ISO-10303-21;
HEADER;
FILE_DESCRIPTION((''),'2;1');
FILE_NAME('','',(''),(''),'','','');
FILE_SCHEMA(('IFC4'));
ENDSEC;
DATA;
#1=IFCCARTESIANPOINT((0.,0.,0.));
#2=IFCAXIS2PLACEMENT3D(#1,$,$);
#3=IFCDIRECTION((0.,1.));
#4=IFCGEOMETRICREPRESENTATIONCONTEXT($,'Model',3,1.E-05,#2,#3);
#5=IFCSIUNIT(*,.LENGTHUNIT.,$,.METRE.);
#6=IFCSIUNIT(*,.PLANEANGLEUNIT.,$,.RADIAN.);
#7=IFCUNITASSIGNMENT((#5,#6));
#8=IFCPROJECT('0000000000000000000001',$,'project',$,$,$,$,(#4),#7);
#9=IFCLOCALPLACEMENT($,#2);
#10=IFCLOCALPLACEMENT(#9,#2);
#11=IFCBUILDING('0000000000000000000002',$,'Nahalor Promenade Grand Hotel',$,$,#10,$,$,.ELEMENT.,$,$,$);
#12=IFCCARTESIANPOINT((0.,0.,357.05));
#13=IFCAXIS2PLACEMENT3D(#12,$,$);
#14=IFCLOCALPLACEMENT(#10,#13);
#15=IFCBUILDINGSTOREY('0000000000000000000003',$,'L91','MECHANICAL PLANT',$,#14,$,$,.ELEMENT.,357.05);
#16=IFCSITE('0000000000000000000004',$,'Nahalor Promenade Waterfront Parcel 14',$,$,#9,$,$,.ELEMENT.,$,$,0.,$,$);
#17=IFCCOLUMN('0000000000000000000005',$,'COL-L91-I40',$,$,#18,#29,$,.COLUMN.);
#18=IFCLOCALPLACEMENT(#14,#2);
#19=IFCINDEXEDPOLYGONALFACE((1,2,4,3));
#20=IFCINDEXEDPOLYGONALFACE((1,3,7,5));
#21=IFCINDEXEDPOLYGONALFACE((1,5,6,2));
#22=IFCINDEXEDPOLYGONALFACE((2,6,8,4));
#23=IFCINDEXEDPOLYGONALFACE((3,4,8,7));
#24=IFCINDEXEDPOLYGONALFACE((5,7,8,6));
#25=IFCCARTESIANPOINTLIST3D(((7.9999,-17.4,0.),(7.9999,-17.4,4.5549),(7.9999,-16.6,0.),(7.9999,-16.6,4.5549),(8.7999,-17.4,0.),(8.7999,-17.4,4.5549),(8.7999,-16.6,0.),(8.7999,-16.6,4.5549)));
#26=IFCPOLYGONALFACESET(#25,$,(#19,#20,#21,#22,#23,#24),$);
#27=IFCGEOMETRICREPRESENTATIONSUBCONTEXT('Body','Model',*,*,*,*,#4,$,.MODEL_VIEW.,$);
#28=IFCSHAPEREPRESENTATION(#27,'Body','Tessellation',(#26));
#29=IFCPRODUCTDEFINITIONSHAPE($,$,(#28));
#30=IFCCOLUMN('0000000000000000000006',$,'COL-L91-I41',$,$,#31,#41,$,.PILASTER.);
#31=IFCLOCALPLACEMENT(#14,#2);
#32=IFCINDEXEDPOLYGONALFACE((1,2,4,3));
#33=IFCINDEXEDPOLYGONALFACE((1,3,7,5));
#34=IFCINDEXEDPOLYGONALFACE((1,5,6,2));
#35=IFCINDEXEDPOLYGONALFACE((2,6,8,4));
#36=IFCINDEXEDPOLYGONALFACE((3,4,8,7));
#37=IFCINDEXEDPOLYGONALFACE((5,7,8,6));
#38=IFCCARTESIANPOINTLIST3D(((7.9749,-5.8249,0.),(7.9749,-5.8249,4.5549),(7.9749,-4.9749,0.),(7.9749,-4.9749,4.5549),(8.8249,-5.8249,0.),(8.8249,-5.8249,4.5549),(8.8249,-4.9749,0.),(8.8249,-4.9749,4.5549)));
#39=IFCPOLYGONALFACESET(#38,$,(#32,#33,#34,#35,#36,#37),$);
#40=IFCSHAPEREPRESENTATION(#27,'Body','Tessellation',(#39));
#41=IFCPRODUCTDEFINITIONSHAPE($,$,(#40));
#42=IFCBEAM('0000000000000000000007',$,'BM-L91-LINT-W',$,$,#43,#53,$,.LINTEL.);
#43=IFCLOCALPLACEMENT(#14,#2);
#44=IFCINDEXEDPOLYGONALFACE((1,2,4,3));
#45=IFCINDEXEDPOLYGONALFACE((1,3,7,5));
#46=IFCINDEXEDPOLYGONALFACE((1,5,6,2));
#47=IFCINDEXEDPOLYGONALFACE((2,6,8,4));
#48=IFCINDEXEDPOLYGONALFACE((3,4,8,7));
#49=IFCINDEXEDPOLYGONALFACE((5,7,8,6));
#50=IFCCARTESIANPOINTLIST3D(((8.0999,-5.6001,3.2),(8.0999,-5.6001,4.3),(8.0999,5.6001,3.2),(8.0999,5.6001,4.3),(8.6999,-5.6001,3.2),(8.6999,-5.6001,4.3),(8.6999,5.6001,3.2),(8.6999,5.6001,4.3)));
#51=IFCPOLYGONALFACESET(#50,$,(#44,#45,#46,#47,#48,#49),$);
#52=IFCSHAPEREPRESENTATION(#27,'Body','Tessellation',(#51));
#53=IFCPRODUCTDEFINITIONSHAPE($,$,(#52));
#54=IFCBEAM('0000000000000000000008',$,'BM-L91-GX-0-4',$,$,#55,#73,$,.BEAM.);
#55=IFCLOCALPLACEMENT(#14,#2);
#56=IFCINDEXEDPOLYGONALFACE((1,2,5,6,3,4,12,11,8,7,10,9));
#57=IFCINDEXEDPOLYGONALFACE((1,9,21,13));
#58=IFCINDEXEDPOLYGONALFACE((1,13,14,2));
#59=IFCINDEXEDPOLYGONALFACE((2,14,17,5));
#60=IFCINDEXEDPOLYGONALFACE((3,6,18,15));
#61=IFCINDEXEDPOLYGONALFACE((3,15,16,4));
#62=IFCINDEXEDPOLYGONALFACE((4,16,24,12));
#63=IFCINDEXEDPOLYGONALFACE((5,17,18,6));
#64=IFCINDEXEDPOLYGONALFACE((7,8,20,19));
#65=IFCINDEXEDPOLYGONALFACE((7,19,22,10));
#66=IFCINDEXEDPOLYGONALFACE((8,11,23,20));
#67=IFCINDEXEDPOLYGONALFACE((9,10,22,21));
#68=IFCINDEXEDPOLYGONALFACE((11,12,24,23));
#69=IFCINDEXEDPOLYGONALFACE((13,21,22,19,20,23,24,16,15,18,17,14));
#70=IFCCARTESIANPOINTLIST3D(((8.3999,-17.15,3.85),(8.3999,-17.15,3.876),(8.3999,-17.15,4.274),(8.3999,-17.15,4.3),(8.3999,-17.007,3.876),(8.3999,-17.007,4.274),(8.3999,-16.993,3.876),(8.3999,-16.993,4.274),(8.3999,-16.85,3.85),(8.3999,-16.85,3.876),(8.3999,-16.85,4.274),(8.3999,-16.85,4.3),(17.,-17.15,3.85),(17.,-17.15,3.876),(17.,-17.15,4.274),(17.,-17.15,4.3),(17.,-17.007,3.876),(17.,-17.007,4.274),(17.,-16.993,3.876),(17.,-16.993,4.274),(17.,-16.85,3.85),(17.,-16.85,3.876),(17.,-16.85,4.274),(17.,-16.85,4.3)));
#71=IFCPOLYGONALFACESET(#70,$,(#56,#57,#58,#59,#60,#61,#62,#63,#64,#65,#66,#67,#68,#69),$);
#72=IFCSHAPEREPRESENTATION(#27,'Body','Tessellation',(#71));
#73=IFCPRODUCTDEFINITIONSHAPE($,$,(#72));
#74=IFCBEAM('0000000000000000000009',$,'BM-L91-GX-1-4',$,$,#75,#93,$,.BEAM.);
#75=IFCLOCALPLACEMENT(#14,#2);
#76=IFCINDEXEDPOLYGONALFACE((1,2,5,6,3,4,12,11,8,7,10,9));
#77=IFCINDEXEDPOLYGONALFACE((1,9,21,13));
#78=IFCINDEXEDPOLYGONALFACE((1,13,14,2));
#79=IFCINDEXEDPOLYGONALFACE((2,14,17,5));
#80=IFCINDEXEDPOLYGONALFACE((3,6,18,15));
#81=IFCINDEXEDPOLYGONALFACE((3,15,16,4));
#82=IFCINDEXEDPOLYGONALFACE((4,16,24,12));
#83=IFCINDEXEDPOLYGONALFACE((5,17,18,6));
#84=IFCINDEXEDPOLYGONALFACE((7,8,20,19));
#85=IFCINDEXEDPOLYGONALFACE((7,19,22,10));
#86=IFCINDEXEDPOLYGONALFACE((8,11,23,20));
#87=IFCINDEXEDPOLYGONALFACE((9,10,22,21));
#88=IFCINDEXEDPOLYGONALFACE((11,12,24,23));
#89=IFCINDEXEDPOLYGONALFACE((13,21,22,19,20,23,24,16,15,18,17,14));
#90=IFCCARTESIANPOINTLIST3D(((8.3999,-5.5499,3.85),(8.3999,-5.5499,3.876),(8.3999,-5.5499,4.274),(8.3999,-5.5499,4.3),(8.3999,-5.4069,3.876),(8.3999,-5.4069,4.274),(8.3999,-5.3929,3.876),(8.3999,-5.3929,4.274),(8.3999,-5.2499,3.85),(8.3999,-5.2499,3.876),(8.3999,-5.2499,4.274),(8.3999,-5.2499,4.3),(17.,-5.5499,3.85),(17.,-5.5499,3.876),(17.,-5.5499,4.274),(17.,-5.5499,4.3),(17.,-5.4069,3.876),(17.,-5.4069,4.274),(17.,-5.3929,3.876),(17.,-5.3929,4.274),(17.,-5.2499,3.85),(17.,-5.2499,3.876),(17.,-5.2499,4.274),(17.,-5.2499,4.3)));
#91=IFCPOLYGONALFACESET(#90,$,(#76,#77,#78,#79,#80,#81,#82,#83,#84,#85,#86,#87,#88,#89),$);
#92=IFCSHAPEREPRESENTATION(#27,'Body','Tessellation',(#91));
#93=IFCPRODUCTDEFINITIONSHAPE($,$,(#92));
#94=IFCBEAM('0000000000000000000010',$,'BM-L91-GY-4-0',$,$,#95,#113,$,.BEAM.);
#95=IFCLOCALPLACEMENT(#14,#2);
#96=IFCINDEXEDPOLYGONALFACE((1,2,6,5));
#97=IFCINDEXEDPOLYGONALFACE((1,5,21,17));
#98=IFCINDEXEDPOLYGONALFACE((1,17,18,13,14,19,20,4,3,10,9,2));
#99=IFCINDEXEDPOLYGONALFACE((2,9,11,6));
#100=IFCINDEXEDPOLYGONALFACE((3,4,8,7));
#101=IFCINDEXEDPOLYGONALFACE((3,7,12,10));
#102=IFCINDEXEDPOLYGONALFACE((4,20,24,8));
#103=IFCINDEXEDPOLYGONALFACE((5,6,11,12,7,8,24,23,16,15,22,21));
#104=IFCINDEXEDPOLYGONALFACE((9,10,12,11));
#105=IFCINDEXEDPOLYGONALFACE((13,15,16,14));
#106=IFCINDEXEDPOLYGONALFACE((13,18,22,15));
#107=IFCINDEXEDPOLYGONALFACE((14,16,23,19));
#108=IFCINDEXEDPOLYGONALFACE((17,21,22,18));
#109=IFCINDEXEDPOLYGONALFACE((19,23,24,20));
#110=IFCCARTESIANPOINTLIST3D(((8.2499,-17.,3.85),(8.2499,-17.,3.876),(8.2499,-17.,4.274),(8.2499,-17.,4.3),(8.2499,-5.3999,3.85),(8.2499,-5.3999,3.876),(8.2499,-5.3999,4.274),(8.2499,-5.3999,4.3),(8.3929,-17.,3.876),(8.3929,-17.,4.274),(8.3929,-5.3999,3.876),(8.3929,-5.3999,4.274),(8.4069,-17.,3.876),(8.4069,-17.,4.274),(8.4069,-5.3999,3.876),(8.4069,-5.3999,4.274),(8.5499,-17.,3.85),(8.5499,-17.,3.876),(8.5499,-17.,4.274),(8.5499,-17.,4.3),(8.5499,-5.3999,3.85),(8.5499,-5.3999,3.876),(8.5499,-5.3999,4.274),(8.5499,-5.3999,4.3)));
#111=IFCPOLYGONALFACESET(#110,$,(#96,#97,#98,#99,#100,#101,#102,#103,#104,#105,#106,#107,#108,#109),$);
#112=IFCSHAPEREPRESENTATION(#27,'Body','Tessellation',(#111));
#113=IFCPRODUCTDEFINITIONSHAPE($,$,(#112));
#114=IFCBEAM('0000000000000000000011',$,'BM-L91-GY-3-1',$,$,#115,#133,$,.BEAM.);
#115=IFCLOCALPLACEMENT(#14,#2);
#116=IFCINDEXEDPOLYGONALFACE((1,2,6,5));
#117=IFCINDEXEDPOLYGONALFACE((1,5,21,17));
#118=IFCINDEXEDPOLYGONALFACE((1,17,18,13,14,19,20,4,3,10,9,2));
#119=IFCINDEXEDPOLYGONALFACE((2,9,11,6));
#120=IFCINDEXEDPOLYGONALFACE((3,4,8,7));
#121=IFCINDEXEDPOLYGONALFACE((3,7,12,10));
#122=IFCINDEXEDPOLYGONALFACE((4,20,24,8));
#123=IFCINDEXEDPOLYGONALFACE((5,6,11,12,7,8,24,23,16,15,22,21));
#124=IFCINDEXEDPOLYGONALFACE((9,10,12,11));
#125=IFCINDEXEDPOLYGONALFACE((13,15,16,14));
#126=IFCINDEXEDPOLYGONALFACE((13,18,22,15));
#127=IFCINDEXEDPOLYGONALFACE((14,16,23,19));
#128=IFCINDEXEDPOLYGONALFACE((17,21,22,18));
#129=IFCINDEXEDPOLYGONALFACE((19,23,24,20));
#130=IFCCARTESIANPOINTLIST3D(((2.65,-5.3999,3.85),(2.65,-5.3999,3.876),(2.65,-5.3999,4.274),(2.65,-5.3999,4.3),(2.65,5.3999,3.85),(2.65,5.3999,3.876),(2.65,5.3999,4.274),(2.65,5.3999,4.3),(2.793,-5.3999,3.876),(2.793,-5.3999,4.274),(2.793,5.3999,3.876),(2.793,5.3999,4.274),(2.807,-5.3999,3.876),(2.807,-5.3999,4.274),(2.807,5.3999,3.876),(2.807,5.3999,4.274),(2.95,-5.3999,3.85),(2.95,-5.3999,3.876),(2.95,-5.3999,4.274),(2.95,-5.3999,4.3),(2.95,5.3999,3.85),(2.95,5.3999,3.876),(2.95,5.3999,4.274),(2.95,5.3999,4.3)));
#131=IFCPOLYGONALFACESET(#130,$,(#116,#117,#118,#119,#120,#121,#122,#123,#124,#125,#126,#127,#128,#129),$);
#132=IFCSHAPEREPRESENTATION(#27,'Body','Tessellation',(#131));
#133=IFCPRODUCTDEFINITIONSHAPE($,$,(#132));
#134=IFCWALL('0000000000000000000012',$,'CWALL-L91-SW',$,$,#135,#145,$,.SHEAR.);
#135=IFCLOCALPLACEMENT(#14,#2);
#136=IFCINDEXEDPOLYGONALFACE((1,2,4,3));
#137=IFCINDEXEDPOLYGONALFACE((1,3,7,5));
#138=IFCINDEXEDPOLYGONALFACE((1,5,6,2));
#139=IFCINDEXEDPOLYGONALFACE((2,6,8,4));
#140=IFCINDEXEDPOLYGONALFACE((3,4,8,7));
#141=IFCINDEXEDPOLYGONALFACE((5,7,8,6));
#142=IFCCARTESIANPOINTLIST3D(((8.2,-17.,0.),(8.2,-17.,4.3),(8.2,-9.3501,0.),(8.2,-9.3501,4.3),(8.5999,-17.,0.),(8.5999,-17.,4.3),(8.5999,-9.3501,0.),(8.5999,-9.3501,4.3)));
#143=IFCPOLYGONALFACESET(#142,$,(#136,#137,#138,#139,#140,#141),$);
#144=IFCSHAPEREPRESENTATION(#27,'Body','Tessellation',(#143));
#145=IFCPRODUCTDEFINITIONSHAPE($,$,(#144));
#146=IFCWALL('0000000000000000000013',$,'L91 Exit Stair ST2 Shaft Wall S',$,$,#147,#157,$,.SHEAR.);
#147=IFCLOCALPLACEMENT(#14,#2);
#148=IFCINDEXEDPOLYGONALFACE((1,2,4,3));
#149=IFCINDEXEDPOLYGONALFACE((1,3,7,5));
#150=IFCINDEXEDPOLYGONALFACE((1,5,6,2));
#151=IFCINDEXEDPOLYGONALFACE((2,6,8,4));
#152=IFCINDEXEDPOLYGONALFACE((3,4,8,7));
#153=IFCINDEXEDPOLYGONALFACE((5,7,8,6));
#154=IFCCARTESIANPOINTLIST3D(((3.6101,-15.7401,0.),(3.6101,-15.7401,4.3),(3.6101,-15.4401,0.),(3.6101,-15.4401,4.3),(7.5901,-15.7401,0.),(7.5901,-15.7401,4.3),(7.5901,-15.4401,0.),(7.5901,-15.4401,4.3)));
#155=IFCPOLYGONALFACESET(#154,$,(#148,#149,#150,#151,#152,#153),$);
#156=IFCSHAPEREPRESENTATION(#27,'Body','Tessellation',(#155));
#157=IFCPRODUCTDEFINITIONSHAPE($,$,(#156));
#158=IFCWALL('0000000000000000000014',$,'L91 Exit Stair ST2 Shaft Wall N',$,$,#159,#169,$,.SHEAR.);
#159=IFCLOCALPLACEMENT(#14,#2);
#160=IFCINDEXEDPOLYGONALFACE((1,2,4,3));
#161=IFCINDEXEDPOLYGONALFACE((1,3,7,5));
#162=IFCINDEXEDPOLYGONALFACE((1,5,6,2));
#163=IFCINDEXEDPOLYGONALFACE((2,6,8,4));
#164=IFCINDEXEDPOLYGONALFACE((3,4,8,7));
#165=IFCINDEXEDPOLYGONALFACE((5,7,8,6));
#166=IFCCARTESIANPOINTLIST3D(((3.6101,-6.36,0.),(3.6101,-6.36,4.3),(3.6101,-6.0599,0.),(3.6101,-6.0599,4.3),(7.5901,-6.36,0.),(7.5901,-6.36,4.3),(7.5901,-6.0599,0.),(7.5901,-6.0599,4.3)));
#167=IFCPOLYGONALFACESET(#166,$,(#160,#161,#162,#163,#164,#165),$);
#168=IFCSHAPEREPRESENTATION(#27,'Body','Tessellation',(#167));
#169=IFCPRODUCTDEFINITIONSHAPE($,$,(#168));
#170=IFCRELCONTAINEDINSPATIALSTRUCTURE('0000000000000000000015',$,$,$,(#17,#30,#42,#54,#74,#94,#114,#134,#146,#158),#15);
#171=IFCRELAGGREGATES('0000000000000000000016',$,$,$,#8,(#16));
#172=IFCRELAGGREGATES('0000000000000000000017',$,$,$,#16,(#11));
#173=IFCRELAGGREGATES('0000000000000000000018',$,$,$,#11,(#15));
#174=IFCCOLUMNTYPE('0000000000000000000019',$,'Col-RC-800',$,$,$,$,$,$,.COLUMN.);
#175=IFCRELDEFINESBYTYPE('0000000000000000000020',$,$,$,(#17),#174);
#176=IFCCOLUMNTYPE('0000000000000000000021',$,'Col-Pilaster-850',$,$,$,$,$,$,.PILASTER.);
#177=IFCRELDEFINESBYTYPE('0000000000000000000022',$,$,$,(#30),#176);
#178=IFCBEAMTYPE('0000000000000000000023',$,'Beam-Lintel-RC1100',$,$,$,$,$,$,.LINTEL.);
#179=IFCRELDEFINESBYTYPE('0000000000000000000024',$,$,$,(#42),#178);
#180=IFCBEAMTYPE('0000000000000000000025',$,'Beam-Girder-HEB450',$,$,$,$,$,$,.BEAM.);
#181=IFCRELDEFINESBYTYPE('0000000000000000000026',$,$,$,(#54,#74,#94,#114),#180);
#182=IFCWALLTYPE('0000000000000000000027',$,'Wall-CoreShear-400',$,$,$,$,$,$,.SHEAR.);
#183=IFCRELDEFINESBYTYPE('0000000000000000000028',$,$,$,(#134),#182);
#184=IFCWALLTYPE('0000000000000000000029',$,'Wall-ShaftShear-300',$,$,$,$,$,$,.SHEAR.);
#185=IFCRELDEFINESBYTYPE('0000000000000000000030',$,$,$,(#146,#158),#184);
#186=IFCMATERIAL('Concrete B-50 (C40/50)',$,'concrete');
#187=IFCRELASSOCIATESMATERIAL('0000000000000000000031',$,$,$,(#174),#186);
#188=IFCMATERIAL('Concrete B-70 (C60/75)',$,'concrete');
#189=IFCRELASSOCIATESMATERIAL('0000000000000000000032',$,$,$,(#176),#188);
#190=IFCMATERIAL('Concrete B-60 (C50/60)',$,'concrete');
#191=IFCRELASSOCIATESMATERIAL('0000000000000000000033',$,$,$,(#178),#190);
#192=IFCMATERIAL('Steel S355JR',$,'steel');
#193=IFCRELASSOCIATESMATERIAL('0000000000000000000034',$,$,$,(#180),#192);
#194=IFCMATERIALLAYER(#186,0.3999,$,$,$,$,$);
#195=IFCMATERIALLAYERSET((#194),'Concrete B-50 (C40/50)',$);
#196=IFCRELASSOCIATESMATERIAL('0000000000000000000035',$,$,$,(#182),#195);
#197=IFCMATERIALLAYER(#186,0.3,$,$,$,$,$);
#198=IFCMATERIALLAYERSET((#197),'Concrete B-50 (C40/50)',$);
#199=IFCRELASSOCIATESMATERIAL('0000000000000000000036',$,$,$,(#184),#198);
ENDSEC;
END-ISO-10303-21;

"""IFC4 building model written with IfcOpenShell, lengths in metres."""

from ifc_helpers import new_model, si_unit, direction, frame, frame_2d, origin, origin_2d, place, context, subcontext, project, spatial, rectangle, i_section, extrude, source, transform, mapped, material, layer, layer_set, material_profile, profile_set, type_object, element, save


model = new_model("IFC4")

# Units and contexts
model_context = context("Model", 3, precision=1e-05, world=origin(), true_north=direction((0.0, 1.0)))
body_context = subcontext(model_context, "Body", "Model", "MODEL_VIEW")
ifc_project = project(units=[si_unit("LENGTHUNIT", "METRE"), si_unit("PLANEANGLEUNIT", "RADIAN")], contexts=[model_context])

# Site, building, storey
site_placement = place(None, origin())
site = spatial("IfcSite", under=ifc_project, at=site_placement, Name="Nahalor Promenade Waterfront Parcel 14", CompositionType="ELEMENT", RefElevation=0.0)
building_placement = place(site_placement, origin())
building = spatial("IfcBuilding", under=site, at=building_placement, Name="Nahalor Promenade Grand Hotel", CompositionType="ELEMENT")
storey_placement = place(building_placement, frame((0.0, 0.0, 357.05)))
storey = spatial("IfcBuildingStorey", under=building, at=storey_placement, Name="L91", Description="MECHANICAL PLANT", CompositionType="ELEMENT", Elevation=357.05)

# Columns
ifc_material_1 = material(Name="Concrete B-50 (C40/50)", Category="concrete")
ifc_material_profile_1 = material_profile(ifc_material_1, rectangle(XDim=0.8, YDim=0.8, at=origin_2d()), Name="RC 800x800")
ifc_profile_set_1 = profile_set([ifc_material_profile_1], Name="Concrete B-50 (C40/50)")
column_type_1 = type_object("IfcColumnType", Name="Col-RC-800", PredefinedType="COLUMN", material=ifc_profile_set_1)
shared_shape_1 = source(origin(), body_context, "Body", "SweptSolid", [
    extrude(rectangle(XDim=0.8, YDim=0.8, at=origin_2d()), origin(), (0.0, 0.0, 1.0), 4.5549),
])
column_1_placement = place(storey_placement, frame((8.3999, -17.0, 0.0), z_axis=(0.0, 0.0, 1.0), x_axis=(1.0, 0.0, 0.0)))
element("IfcColumn", 1, at=column_1_placement, inside=storey, type_object=column_type_1, Name="COL-L91-I40", PredefinedType="COLUMN", context=body_context, shape_type="MappedRepresentation", body=[
    mapped(shared_shape_1, transform((0.0, 0.0, 0.0), scale=1.0)),
])
ifc_material_2 = material(Name="Concrete B-70 (C60/75)", Category="concrete")
ifc_material_profile_2 = material_profile(ifc_material_2, rectangle(XDim=0.85, YDim=0.85, at=origin_2d()), Name="RC 850x850")
ifc_profile_set_2 = profile_set([ifc_material_profile_2], Name="Concrete B-70 (C60/75)")
column_type_2 = type_object("IfcColumnType", Name="Col-Pilaster-850", PredefinedType="PILASTER", material=ifc_profile_set_2)
shared_shape_2 = source(origin(), body_context, "Body", "SweptSolid", [
    extrude(rectangle(XDim=0.85, YDim=0.85, at=origin_2d()), origin(), (0.0, 0.0, 1.0), 4.5549),
])
column_2_placement = place(storey_placement, frame((8.3999, -5.3999, 0.0), z_axis=(0.0, 0.0, 1.0), x_axis=(1.0, 0.0, 0.0)))
element("IfcColumn", 2, at=column_2_placement, inside=storey, type_object=column_type_2, Name="COL-L91-I41", PredefinedType="PILASTER", context=body_context, shape_type="MappedRepresentation", body=[
    mapped(shared_shape_2, transform((0.0, 0.0, 0.0), scale=1.0)),
])

# Beams
ifc_material_3 = material(Name="Concrete B-60 (C50/60)", Category="concrete")
ifc_material_profile_3 = material_profile(ifc_material_3, rectangle(XDim=0.6, YDim=1.1, at=origin_2d()), Name="RC 600x1100")
ifc_profile_set_3 = profile_set([ifc_material_profile_3], Name="Concrete B-60 (C50/60)")
beam_type_1 = type_object("IfcBeamType", Name="Beam-Lintel-RC1100", PredefinedType="LINTEL", material=ifc_profile_set_3)
shared_shape_3 = source(origin(), body_context, "Body", "SweptSolid", [
    extrude(rectangle(XDim=0.6, YDim=1.1, at=origin_2d()), origin(), (0.0, 0.0, 1.0), 11.2002),
])
beam_1_placement = place(storey_placement, frame((8.3999, -5.6001, 3.75), z_axis=(0.0, 1.0, 0.0), x_axis=(-1.0, 0.0, 0.0)))
element("IfcBeam", 3, at=beam_1_placement, inside=storey, type_object=beam_type_1, Name="BM-L91-LINT-W", PredefinedType="LINTEL", context=body_context, shape_type="MappedRepresentation", body=[
    mapped(shared_shape_3, transform((0.0, 0.0, 0.0), scale=1.0)),
])
ifc_material_4 = material(Name="Steel S355JR", Category="steel")
ifc_material_profile_4 = material_profile(ifc_material_4, i_section(OverallWidth=0.3, OverallDepth=0.45, WebThickness=0.014, FlangeThickness=0.026, at=origin_2d()), Name="HEB 450")
ifc_profile_set_4 = profile_set([ifc_material_profile_4], Name="Steel S355JR")
beam_type_2 = type_object("IfcBeamType", Name="Beam-Girder-HEB450", PredefinedType="BEAM", material=ifc_profile_set_4)
shared_shape_4 = source(origin(), body_context, "Body", "SweptSolid", [
    extrude(i_section(OverallWidth=0.3, OverallDepth=0.45, WebThickness=0.014, FlangeThickness=0.026, at=origin_2d()), origin(), (0.0, 0.0, 1.0), 8.6001),
])
for number, where, z_axis, x_axis, name in (
    (4, (8.3999, -17.0, 4.075), (1.0, 0.0, 0.0), (0.0, 1.0, 0.0), "BM-L91-GX-0-4"),
    (5, (8.3999, -5.3999, 4.075), (1.0, 0.0, 0.0), (0.0, 1.0, 0.0), "BM-L91-GX-1-4"),
):
    element("IfcBeam", number, at=place(storey_placement, frame(where, z_axis=z_axis, x_axis=x_axis)), inside=storey, type_object=beam_type_2, Name=name, PredefinedType="BEAM", context=body_context, shape_type="MappedRepresentation", body=[
        mapped(shared_shape_4, transform((0.0, 0.0, 0.0), scale=1.0)),
    ])
shared_shape_5 = source(origin(), body_context, "Body", "SweptSolid", [
    extrude(i_section(OverallWidth=0.3, OverallDepth=0.45, WebThickness=0.014, FlangeThickness=0.026, at=origin_2d()), origin(), (0.0, 0.0, 1.0), 11.6001),
])
beam_2_placement = place(storey_placement, frame((8.3999, -17.0, 4.075), z_axis=(0.0, 1.0, 0.0), x_axis=(-1.0, 0.0, 0.0)))
element("IfcBeam", 6, at=beam_2_placement, inside=storey, type_object=beam_type_2, Name="BM-L91-GY-4-0", PredefinedType="BEAM", context=body_context, shape_type="MappedRepresentation", body=[
    mapped(shared_shape_5, transform((0.0, 0.0, 0.0), scale=1.0)),
])
shared_shape_6 = source(origin(), body_context, "Body", "SweptSolid", [
    extrude(i_section(OverallWidth=0.3, OverallDepth=0.45, WebThickness=0.014, FlangeThickness=0.026, at=origin_2d()), origin(), (0.0, 0.0, 1.0), 10.7998),
])
beam_3_placement = place(storey_placement, frame((2.8, -5.3999, 4.075), z_axis=(0.0, 1.0, 0.0), x_axis=(-1.0, 0.0, 0.0)))
element("IfcBeam", 7, at=beam_3_placement, inside=storey, type_object=beam_type_2, Name="BM-L91-GY-3-1", PredefinedType="BEAM", context=body_context, shape_type="MappedRepresentation", body=[
    mapped(shared_shape_6, transform((0.0, 0.0, 0.0), scale=1.0)),
])

# Walls
ifc_layer_1 = layer(ifc_material_1, 0.3999)
ifc_layer_set_1 = layer_set([ifc_layer_1], Name="Concrete B-50 (C40/50)")
wall_type_1 = type_object("IfcWallType", Name="Wall-CoreShear-400", PredefinedType="SHEAR", material=ifc_layer_set_1)
shared_shape_7 = source(origin(), body_context, "Body", "SweptSolid", [
    extrude(rectangle(XDim=7.6499, YDim=0.3999, at=frame_2d((3.825, 0.0))), origin(), (0.0, 0.0, 1.0), 4.3),
])
wall_1_placement = place(storey_placement, frame((8.3999, -17.0, 0.0), z_axis=(0.0, 0.0, 1.0), x_axis=(0.0, 1.0, 0.0)))
element("IfcWall", 8, at=wall_1_placement, inside=storey, type_object=wall_type_1, Name="CWALL-L91-SW", PredefinedType="SHEAR", context=body_context, shape_type="MappedRepresentation", body=[
    mapped(shared_shape_7, transform((0.0, 0.0, 0.0), scale=1.0)),
])
ifc_layer_2 = layer(ifc_material_1, 0.3)
ifc_layer_set_2 = layer_set([ifc_layer_2], Name="Concrete B-50 (C40/50)")
wall_type_2 = type_object("IfcWallType", Name="Wall-ShaftShear-300", PredefinedType="SHEAR", material=ifc_layer_set_2)
shared_shape_8 = source(origin(), body_context, "Body", "SweptSolid", [
    extrude(rectangle(XDim=3.98, YDim=0.3, at=frame_2d((1.99, 0.0))), origin(), (0.0, 0.0, 1.0), 4.3),
])
for number, where, z_axis, x_axis, name in (
    (9, (3.6101, -15.5901, 0.0), (0.0, 0.0, 1.0), (1.0, 0.0, 0.0), "L91 Exit Stair ST2 Shaft Wall S"),
    (10, (3.6101, -6.21, 0.0), (0.0, 0.0, 1.0), (1.0, 0.0, 0.0), "L91 Exit Stair ST2 Shaft Wall N"),
):
    element("IfcWall", number, at=place(storey_placement, frame(where, z_axis=z_axis, x_axis=x_axis)), inside=storey, type_object=wall_type_2, Name=name, PredefinedType="SHEAR", context=body_context, shape_type="MappedRepresentation", body=[
        mapped(shared_shape_8, transform((0.0, 0.0, 0.0), scale=1.0)),
    ])

save(model, "model.ifc")
